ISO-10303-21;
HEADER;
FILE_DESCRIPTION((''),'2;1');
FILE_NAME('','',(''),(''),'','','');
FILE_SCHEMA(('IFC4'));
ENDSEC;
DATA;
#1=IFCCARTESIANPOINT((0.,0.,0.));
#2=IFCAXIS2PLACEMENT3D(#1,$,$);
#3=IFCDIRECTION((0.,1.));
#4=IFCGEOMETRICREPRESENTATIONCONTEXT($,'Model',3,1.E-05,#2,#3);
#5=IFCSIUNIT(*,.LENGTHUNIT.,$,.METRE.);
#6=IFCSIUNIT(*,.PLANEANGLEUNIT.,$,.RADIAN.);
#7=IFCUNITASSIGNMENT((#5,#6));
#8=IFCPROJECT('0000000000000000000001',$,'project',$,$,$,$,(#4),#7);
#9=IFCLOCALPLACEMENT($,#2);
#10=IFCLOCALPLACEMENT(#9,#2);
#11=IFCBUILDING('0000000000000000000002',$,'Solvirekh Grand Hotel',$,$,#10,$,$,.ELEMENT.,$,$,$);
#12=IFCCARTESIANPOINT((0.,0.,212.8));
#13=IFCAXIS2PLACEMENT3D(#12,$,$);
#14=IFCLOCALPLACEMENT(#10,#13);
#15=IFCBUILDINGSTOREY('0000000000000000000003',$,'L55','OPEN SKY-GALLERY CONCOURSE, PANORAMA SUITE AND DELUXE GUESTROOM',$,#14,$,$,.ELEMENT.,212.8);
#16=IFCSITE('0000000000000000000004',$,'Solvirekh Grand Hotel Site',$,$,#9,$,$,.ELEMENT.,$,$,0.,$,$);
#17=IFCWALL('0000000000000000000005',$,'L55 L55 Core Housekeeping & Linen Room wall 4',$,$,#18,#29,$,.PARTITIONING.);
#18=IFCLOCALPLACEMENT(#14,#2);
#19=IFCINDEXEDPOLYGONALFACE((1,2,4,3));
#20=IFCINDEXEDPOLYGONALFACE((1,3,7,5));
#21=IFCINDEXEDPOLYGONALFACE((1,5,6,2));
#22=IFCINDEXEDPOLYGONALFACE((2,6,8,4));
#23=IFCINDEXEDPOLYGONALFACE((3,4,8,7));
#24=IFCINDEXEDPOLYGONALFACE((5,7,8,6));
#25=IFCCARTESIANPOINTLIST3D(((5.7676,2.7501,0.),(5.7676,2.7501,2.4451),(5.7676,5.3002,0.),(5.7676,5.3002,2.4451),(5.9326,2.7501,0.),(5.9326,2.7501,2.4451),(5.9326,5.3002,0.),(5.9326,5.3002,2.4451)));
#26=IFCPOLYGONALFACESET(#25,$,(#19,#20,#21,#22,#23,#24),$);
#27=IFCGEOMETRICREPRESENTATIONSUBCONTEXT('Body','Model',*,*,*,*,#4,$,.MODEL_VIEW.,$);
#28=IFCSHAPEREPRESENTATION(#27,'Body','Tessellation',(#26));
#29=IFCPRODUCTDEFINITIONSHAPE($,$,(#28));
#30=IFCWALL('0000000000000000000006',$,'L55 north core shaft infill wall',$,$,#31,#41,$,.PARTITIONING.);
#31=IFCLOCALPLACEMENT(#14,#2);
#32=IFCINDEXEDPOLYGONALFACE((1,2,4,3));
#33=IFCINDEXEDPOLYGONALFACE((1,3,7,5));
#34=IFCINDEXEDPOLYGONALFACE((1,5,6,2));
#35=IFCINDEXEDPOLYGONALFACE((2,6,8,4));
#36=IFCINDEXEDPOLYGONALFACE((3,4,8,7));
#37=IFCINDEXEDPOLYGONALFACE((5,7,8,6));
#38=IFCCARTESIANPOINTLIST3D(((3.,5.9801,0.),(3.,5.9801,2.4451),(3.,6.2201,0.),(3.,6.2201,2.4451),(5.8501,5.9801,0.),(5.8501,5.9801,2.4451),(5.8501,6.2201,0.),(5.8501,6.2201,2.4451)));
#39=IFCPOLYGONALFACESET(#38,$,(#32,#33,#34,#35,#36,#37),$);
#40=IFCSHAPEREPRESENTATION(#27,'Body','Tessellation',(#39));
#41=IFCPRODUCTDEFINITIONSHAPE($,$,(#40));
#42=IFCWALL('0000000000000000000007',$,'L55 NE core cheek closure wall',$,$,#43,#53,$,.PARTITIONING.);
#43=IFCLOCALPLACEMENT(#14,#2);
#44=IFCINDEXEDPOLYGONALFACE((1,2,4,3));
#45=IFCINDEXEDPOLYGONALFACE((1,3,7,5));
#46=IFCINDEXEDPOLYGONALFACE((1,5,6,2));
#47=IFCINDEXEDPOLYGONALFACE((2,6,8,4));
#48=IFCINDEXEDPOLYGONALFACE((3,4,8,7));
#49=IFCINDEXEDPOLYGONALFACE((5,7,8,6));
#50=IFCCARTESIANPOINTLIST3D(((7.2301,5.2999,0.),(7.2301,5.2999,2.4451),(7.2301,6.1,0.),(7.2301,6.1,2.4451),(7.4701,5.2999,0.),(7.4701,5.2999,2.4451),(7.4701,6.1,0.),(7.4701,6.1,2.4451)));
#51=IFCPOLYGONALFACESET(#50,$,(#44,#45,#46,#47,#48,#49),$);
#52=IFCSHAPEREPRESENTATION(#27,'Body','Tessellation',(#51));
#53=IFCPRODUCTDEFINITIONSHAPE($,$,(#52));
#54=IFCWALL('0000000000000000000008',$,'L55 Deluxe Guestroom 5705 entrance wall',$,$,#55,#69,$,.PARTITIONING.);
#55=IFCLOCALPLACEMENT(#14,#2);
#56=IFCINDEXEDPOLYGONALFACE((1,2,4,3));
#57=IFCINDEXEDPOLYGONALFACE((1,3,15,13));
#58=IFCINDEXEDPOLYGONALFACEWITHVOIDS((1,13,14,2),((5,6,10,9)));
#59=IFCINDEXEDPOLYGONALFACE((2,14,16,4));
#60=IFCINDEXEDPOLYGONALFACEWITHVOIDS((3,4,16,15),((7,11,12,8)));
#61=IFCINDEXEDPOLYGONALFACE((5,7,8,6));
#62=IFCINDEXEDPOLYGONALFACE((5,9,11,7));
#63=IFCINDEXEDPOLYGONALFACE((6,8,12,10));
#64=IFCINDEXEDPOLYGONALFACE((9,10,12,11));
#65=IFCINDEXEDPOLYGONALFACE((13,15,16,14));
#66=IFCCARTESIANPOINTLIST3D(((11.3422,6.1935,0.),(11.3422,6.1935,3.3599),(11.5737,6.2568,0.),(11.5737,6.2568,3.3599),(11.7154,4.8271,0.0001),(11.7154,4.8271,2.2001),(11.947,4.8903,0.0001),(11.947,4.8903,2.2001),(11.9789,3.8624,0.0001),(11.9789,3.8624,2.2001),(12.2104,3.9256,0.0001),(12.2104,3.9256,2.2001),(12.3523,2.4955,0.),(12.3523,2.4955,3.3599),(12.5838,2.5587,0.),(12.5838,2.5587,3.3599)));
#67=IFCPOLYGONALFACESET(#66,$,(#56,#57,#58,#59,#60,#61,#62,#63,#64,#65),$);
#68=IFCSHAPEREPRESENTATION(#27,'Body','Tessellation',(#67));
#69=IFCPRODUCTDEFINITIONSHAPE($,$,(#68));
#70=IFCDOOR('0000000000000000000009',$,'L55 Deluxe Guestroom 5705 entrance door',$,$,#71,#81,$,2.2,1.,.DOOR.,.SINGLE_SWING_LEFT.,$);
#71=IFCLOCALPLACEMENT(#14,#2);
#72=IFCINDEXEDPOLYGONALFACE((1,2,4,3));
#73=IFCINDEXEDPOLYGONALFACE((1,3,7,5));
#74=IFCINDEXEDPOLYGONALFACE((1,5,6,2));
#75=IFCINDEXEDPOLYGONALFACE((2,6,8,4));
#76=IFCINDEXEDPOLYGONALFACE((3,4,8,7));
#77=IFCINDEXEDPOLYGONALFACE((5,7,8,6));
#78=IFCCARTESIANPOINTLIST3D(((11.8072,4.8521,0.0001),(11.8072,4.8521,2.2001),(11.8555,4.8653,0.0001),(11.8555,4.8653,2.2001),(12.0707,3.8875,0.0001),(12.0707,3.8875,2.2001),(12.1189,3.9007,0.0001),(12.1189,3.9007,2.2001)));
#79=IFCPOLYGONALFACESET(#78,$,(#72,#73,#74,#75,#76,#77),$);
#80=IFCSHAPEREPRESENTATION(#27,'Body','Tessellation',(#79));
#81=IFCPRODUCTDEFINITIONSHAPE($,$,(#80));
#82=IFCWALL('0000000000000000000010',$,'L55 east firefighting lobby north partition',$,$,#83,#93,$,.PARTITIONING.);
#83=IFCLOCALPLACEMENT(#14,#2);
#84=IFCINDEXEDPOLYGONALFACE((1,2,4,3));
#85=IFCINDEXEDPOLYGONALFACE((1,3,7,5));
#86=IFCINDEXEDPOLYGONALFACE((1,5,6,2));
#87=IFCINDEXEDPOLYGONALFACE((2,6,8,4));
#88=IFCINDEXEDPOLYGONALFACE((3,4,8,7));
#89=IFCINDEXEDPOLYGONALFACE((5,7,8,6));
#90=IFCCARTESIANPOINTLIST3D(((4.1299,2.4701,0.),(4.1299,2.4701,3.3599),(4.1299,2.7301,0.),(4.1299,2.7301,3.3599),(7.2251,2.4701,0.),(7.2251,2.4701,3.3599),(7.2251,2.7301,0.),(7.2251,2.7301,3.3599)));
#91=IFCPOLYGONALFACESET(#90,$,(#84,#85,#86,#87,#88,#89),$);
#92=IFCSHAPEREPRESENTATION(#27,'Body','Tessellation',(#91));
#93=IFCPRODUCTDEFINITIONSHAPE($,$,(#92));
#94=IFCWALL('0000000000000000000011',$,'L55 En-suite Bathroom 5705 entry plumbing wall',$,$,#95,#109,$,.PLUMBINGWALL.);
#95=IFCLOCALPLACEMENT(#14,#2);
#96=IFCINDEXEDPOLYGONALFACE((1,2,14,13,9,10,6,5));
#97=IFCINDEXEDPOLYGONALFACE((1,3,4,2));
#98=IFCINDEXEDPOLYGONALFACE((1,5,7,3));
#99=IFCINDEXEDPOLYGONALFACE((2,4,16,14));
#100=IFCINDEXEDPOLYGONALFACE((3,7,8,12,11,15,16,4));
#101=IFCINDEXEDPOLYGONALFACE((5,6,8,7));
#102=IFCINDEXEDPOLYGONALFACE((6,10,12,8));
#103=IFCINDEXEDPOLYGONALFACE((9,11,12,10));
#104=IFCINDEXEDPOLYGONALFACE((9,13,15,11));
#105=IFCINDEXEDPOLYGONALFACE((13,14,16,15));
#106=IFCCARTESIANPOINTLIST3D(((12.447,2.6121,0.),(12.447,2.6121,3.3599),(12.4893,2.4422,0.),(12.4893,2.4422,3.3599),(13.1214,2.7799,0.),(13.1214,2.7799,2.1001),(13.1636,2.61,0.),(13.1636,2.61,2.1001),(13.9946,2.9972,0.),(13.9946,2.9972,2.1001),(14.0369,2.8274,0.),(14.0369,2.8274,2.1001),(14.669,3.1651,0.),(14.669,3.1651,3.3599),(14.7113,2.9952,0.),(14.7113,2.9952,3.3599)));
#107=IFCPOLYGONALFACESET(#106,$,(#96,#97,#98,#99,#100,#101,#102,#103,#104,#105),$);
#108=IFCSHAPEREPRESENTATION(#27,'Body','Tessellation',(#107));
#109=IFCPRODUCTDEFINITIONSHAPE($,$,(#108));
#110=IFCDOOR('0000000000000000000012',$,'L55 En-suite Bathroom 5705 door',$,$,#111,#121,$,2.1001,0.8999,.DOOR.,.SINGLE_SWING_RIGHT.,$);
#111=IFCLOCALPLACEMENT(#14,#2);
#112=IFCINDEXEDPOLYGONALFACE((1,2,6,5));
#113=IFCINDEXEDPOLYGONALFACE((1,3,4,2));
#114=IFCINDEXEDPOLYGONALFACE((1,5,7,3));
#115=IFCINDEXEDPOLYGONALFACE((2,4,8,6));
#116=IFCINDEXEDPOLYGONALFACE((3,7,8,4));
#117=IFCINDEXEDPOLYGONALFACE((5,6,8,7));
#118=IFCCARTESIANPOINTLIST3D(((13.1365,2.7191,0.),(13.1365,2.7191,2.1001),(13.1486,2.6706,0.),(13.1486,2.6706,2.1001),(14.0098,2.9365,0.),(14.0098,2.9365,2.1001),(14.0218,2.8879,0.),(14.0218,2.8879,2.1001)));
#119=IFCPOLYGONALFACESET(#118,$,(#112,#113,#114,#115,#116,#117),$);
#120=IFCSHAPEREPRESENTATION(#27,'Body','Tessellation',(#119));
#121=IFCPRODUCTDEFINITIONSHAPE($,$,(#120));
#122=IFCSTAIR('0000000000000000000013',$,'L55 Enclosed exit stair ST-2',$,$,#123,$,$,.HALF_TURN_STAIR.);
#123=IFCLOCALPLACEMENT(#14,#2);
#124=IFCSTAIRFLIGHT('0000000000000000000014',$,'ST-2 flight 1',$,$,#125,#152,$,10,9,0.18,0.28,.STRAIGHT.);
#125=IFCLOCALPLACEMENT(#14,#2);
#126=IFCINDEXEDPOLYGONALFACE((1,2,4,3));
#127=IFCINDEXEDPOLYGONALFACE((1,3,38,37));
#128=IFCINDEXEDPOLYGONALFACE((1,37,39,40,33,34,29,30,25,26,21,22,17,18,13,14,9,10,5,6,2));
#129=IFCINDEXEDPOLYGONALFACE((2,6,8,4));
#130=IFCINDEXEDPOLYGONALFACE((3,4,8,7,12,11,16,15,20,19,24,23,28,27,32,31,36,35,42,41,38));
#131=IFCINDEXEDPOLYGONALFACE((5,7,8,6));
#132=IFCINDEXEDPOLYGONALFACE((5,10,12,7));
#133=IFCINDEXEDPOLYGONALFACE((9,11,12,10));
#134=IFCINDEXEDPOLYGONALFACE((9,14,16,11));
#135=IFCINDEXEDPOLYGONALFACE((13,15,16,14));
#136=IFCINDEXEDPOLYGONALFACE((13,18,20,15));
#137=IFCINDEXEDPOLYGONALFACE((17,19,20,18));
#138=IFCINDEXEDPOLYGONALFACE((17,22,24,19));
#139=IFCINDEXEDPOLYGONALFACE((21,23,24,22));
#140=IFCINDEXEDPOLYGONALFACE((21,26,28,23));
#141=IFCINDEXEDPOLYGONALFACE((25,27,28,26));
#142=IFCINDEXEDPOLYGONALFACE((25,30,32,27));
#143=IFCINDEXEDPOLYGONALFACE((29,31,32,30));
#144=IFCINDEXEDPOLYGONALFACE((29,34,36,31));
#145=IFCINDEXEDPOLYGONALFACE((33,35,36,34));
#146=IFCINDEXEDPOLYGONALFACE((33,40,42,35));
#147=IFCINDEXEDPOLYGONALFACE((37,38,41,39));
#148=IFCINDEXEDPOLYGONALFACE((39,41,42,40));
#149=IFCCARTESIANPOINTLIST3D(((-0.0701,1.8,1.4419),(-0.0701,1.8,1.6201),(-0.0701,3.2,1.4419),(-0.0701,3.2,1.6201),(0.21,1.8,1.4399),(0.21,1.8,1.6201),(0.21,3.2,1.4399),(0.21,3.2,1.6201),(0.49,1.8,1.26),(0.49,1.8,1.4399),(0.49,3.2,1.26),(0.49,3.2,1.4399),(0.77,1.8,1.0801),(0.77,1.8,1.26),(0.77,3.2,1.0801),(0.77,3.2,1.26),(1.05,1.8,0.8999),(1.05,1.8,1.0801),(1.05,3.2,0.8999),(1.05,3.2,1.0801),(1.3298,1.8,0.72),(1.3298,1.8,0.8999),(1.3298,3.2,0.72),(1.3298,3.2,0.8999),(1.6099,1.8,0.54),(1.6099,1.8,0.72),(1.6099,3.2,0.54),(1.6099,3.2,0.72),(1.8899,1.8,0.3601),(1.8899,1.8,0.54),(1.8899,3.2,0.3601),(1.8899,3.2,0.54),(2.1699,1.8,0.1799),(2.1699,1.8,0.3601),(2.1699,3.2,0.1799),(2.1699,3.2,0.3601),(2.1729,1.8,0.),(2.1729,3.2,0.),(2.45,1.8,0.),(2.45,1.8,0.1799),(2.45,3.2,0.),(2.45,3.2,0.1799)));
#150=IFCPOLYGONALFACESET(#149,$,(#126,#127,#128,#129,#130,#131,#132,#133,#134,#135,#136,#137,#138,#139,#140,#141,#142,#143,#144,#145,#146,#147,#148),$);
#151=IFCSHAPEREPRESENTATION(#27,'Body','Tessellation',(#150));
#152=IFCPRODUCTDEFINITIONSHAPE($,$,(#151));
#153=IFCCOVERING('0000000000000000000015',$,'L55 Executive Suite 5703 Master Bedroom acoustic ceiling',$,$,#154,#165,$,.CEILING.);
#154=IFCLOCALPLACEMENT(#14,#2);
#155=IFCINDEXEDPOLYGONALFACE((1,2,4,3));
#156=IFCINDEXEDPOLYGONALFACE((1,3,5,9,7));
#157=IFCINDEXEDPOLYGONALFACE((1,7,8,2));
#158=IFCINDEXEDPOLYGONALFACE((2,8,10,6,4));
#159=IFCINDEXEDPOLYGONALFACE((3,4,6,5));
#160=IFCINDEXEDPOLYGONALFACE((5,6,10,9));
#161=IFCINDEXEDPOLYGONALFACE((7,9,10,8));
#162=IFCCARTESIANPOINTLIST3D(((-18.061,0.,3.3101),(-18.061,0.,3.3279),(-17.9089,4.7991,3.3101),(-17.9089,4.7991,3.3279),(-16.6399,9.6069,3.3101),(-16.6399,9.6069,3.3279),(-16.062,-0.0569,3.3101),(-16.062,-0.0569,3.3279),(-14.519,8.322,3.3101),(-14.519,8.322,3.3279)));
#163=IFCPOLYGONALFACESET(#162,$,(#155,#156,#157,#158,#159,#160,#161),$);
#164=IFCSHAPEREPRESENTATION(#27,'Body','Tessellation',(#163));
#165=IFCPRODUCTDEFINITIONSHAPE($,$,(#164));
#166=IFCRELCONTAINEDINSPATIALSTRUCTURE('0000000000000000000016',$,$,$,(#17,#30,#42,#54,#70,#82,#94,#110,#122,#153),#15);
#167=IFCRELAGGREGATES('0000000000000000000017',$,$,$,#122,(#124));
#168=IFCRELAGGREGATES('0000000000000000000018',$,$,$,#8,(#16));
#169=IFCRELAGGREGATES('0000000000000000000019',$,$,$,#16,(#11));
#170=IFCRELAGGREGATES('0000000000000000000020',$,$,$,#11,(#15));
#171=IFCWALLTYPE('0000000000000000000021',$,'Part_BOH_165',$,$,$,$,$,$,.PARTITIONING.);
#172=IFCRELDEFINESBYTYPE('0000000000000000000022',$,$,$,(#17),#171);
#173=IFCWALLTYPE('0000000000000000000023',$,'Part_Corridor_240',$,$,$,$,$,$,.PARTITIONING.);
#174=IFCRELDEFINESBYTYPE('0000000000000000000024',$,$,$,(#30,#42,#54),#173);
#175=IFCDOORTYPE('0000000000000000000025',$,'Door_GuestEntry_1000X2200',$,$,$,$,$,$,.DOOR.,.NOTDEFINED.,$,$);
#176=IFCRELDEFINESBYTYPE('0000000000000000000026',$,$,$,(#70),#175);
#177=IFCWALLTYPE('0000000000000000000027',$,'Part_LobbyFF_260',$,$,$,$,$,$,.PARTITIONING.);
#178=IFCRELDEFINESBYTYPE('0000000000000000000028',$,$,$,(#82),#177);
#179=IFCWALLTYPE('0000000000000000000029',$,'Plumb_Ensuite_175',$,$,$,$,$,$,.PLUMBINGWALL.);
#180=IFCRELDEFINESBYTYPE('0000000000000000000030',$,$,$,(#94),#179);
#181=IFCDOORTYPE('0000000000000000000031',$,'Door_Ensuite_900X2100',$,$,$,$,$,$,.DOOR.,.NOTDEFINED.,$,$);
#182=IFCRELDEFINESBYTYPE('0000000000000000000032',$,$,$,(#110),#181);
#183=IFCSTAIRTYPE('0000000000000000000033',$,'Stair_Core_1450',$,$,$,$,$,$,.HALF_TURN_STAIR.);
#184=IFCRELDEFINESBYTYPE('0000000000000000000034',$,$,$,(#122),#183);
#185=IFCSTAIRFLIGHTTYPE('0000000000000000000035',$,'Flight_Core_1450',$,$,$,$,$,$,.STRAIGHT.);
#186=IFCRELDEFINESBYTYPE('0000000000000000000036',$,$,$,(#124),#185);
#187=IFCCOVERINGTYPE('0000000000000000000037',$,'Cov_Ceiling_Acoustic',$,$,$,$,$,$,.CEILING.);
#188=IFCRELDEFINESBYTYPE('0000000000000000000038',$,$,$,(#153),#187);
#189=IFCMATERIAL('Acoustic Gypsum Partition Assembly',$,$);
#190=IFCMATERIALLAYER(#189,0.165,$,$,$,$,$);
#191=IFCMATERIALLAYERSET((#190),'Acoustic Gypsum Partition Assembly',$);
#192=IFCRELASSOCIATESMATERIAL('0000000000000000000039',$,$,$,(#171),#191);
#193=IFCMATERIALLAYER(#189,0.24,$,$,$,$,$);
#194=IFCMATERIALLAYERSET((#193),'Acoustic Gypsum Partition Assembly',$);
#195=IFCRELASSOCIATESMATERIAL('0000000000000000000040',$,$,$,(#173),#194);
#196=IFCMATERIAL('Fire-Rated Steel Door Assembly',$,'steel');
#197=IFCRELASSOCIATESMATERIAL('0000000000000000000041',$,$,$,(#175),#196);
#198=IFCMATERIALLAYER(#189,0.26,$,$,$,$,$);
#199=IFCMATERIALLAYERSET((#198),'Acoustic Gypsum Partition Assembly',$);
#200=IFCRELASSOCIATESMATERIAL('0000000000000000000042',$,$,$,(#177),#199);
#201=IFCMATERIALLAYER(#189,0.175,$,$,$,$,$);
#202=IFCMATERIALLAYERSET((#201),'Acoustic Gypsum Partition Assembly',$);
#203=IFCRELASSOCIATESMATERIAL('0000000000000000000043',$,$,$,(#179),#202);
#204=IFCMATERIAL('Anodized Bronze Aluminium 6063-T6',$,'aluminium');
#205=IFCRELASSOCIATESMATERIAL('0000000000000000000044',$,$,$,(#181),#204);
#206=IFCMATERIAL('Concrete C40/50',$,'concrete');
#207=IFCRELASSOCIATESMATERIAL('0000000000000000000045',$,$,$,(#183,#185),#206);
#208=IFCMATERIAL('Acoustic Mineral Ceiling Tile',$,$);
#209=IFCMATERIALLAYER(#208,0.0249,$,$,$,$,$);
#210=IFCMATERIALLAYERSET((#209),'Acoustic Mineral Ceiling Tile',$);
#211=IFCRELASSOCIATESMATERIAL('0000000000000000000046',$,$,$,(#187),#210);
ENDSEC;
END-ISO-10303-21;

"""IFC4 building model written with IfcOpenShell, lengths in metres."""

from ifc_helpers import new_model, si_unit, direction, frame, frame_2d, origin, place, context, subcontext, project, spatial, polyline, rectangle, outline, extrude, material, layer, layer_set, type_object, element, fill, aggregate, save


model = new_model("IFC4")

# Units and contexts
model_context = context("Model", 3, precision=1e-05, world=origin(), true_north=direction((0.0, 1.0)))
body_context = subcontext(model_context, "Body", "Model", "MODEL_VIEW")
ifc_project = project(units=[si_unit("LENGTHUNIT", "METRE"), si_unit("PLANEANGLEUNIT", "RADIAN")], contexts=[model_context])

# Site, building, storey
site_placement = place(None, origin())
site = spatial("IfcSite", under=ifc_project, at=site_placement, Name="Solvirekh Grand Hotel Site", CompositionType="ELEMENT", RefElevation=0.0)
building_placement = place(site_placement, origin())
building = spatial("IfcBuilding", under=site, at=building_placement, Name="Solvirekh Grand Hotel", CompositionType="ELEMENT")
storey_placement = place(building_placement, frame((0.0, 0.0, 212.8)))
storey = spatial("IfcBuildingStorey", under=building, at=storey_placement, Name="L55", Description="OPEN SKY-GALLERY CONCOURSE, PANORAMA SUITE AND DELUXE GUESTROOM", CompositionType="ELEMENT", Elevation=212.8)

# Shared definitions
ifc_material_1 = material(Name="Concrete C40/50", Category="concrete")
ifc_material_2 = material(Name="Fire-Rated Steel Door Assembly", Category="steel")

# Shared definitions
ifc_material_3 = material(Name="Acoustic Gypsum Partition Assembly")
ifc_layer_1 = layer(ifc_material_3, 0.165)
ifc_layer_set_1 = layer_set([ifc_layer_1], Name="Acoustic Gypsum Partition Assembly")
wall_type_1 = type_object("IfcWallType", Name="Part_BOH_165", PredefinedType="PARTITIONING", material=ifc_layer_set_1)
ifc_material_4 = material(Name="Anodized Bronze Aluminium 6063-T6", Category="aluminium")

# Walls
wall_1_placement = place(storey_placement, frame((5.8501, 5.3, 0.0), z_axis=(0.0, 0.0, 1.0), x_axis=(0.0, -1.0, 0.0)))
element("IfcWall", 1, at=wall_1_placement, inside=storey, type_object=wall_type_1, Name="L55 L55 Core Housekeeping & Linen Room wall 4", PredefinedType="PARTITIONING", context=body_context, shape_type="SweptSolid", body=[
    extrude(rectangle(XDim=2.55, YDim=0.165, at=frame_2d((1.2749, 0.0))), origin(), (0.0, 0.0, 1.0), 2.4451),
])
ifc_layer_2 = layer(ifc_material_3, 0.24)
ifc_layer_set_2 = layer_set([ifc_layer_2], Name="Acoustic Gypsum Partition Assembly")
wall_type_2 = type_object("IfcWallType", Name="Part_Corridor_240", PredefinedType="PARTITIONING", material=ifc_layer_set_2)
wall_2_placement = place(storey_placement, frame((3.0, 6.1001, 0.0), z_axis=(0.0, 0.0, 1.0), x_axis=(1.0, 0.0, 0.0)))
element("IfcWall", 2, at=wall_2_placement, inside=storey, type_object=wall_type_2, Name="L55 north core shaft infill wall", PredefinedType="PARTITIONING", context=body_context, shape_type="SweptSolid", body=[
    extrude(rectangle(XDim=2.8501, YDim=0.24, at=frame_2d((1.425, 0.0))), origin(), (0.0, 0.0, 1.0), 2.4451),
])
wall_3_placement = place(storey_placement, frame((7.3501, 5.3, 0.0), z_axis=(0.0, 0.0, 1.0), x_axis=(0.0, 1.0, 0.0)))
element("IfcWall", 3, at=wall_3_placement, inside=storey, type_object=wall_type_2, Name="L55 NE core cheek closure wall", PredefinedType="PARTITIONING", context=body_context, shape_type="SweptSolid", body=[
    extrude(rectangle(XDim=0.8, YDim=0.24, at=frame_2d((0.3999, 0.0))), origin(), (0.0, 0.0, 1.0), 2.4451),
])

# Wall, opening, door
wall_4_placement = place(storey_placement, frame((12.468, 2.5271, 0.0), z_axis=(0.0, 0.0, 1.0), x_axis=(-0.263473, 0.964667, 0.0)))
wall_4 = element("IfcWall", 4, at=wall_4_placement, inside=storey, type_object=wall_type_2, Name="L55 Deluxe Guestroom 5705 entrance wall", PredefinedType="PARTITIONING", context=body_context, shape_type="SweptSolid", body=[
    extrude(rectangle(XDim=3.8335, YDim=0.24, at=frame_2d((1.9167, 0.0))), origin(), (0.0, 0.0, 1.0), 3.3599),
])
opening_1_placement = place(wall_4_placement, frame((1.417, 0.0, 0.0)))
opening_1 = element("IfcOpeningElement", 5, at=opening_1_placement, cuts=wall_4, PredefinedType="OPENING", context=body_context, shape_type="SweptSolid", body=[
    extrude(rectangle(XDim=1.0, YDim=2.2, at=frame_2d((0.5, 1.1001))), frame((0.0, 0.1299, 0.0), z_axis=(0.0, -1.0, 0.0), x_axis=(1.0, 0.0, 0.0)), (0.0, 0.0, 1.0), 0.26),
])
door_type_1 = type_object("IfcDoorType", Name="Door_GuestEntry_1000X2200", OperationType="NOTDEFINED", PredefinedType="DOOR", material=ifc_material_2)
door_1_placement = place(opening_1_placement, origin())
door_1 = element("IfcDoor", 6, at=door_1_placement, inside=storey, type_object=door_type_1, Name="L55 Deluxe Guestroom 5705 entrance door", OperationType="SINGLE_SWING_LEFT", OverallHeight=2.2, OverallWidth=1.0, PredefinedType="DOOR", context=body_context, shape_type="SweptSolid", body=[
    extrude(rectangle(XDim=1.0, YDim=2.2, at=frame_2d((0.5, 1.1001))), frame((0.0, 0.0249, 0.0), z_axis=(0.0, -1.0, 0.0), x_axis=(1.0, 0.0, 0.0)), (0.0, 0.0, 1.0), 0.05),
])
fill(opening_1, door_1)

# Wall
ifc_layer_3 = layer(ifc_material_3, 0.26)
ifc_layer_set_3 = layer_set([ifc_layer_3], Name="Acoustic Gypsum Partition Assembly")
wall_type_3 = type_object("IfcWallType", Name="Part_LobbyFF_260", PredefinedType="PARTITIONING", material=ifc_layer_set_3)
wall_5_placement = place(storey_placement, frame((4.1299, 2.6001, 0.0), z_axis=(0.0, 0.0, 1.0), x_axis=(1.0, 0.0, 0.0)))
element("IfcWall", 7, at=wall_5_placement, inside=storey, type_object=wall_type_3, Name="L55 east firefighting lobby north partition", PredefinedType="PARTITIONING", context=body_context, shape_type="SweptSolid", body=[
    extrude(rectangle(XDim=3.0952, YDim=0.26, at=frame_2d((1.5476, 0.0))), origin(), (0.0, 0.0, 1.0), 3.3599),
])

# Wall, opening, door
ifc_layer_4 = layer(ifc_material_3, 0.175)
ifc_layer_set_4 = layer_set([ifc_layer_4], Name="Acoustic Gypsum Partition Assembly")
wall_type_4 = type_object("IfcWallType", Name="Plumb_Ensuite_175", PredefinedType="PLUMBINGWALL", material=ifc_layer_set_4)
wall_6_placement = place(storey_placement, frame((12.468, 2.5271, 0.0), z_axis=(0.0, 0.0, 1.0), x_axis=(0.970399, 0.241507, 0.0)))
wall_6 = element("IfcWall", 8, at=wall_6_placement, inside=storey, type_object=wall_type_4, Name="L55 En-suite Bathroom 5705 entry plumbing wall", PredefinedType="PLUMBINGWALL", context=body_context, shape_type="SweptSolid", body=[
    extrude(rectangle(XDim=2.2898, YDim=0.175, at=frame_2d((1.145, 0.0))), origin(), (0.0, 0.0, 1.0), 3.3599),
])
opening_2_placement = place(wall_6_placement, frame((0.6951, 0.0, 0.0)))
opening_2 = element("IfcOpeningElement", 9, at=opening_2_placement, cuts=wall_6, PredefinedType="OPENING", context=body_context, shape_type="SweptSolid", body=[
    extrude(rectangle(XDim=0.8999, YDim=2.1001, at=frame_2d((0.45, 1.05))), frame((0.0, 0.0977, 0.0), z_axis=(0.0, -1.0, 0.0), x_axis=(1.0, 0.0, 0.0)), (0.0, 0.0, 1.0), 0.1951),
])
door_type_2 = type_object("IfcDoorType", Name="Door_Ensuite_900X2100", OperationType="NOTDEFINED", PredefinedType="DOOR", material=ifc_material_4)
door_2_placement = place(opening_2_placement, origin())
door_2 = element("IfcDoor", 10, at=door_2_placement, inside=storey, type_object=door_type_2, Name="L55 En-suite Bathroom 5705 door", OperationType="SINGLE_SWING_RIGHT", OverallHeight=2.1001, OverallWidth=0.8999, PredefinedType="DOOR", context=body_context, shape_type="SweptSolid", body=[
    extrude(rectangle(XDim=0.8999, YDim=2.1001, at=frame_2d((0.45, 1.05))), frame((0.0, 0.0249, 0.0), z_axis=(0.0, -1.0, 0.0), x_axis=(1.0, 0.0, 0.0)), (0.0, 0.0, 1.0), 0.05),
])
fill(opening_2, door_2)

# Stair, stair flight
stair_type = type_object("IfcStairType", Name="Stair_Core_1450", PredefinedType="HALF_TURN_STAIR", material=ifc_material_1)
stair_placement = place(storey_placement, origin())
stair = element("IfcStair", 11, at=stair_placement, inside=storey, type_object=stair_type, Name="L55 Enclosed exit stair ST-2", PredefinedType="HALF_TURN_STAIR")
stair_flight_type = type_object("IfcStairFlightType", Name="Flight_Core_1450", PredefinedType="STRAIGHT", material=ifc_material_1)
stair_flight_placement = place(storey_placement, frame((2.45, 2.5, 0.0), z_axis=(0.0, 0.0, 1.0), x_axis=(-1.0, 0.0, 0.0)))
stair_flight = element("IfcStairFlight", 12, at=stair_flight_placement, type_object=stair_flight_type, Name="ST-2 flight 1", NumberOfRisers=10, NumberOfTreads=9, PredefinedType="STRAIGHT", RiserHeight=0.18, TreadLength=0.28, context=body_context, shape_type="SweptSolid", body=[
    extrude(outline(polyline([(0.0, 0.0), (0.0, 0.1799), (0.28, 0.1799), (0.28, 0.3601), (0.5601, 0.3601), (0.5601, 0.54), (0.8401, 0.54), (0.8401, 0.72), (1.1201, 0.72), (1.1201, 0.8999), (1.3999, 0.8999), (1.3999, 1.0801), (1.6799, 1.0801), (1.6799, 1.26), (1.96, 1.26), (1.96, 1.4399), (2.24, 1.4399), (2.24, 1.6201), (2.52, 1.6201), (2.52, 1.8), (2.52, 1.4419), (0.2771, 0.0), (0.0, 0.0)])), frame((0.0, 0.7, 0.0), z_axis=(0.0, -1.0, 0.0), x_axis=(1.0, 0.0, 0.0)), (0.0, 0.0, 1.0), 1.3999),
])
aggregate(stair, [stair_flight])

# Covering
ifc_material_5 = material(Name="Acoustic Mineral Ceiling Tile")
ifc_layer_5 = layer(ifc_material_5, 0.0249)
ifc_layer_set_5 = layer_set([ifc_layer_5], Name="Acoustic Mineral Ceiling Tile")
covering_type_1 = type_object("IfcCoveringType", Name="Cov_Ceiling_Acoustic", PredefinedType="CEILING", material=ifc_layer_set_5)
covering_1_placement = place(storey_placement, frame((0.0, 0.0, 3.3101)))
element("IfcCovering", 13, at=covering_1_placement, inside=storey, type_object=covering_type_1, Name="L55 Executive Suite 5703 Master Bedroom acoustic ceiling", PredefinedType="CEILING", context=body_context, shape_type="SweptSolid", body=[
    extrude(outline(polyline([(-16.6399, 9.6069), (-17.9089, 4.7991), (-18.061, 0.0), (-16.062, -0.0569), (-14.519, 8.322), (-16.6399, 9.6069)])), origin(), (0.0, 0.0, 1.0), 0.0178),
])

save(model, "model.ifc")
